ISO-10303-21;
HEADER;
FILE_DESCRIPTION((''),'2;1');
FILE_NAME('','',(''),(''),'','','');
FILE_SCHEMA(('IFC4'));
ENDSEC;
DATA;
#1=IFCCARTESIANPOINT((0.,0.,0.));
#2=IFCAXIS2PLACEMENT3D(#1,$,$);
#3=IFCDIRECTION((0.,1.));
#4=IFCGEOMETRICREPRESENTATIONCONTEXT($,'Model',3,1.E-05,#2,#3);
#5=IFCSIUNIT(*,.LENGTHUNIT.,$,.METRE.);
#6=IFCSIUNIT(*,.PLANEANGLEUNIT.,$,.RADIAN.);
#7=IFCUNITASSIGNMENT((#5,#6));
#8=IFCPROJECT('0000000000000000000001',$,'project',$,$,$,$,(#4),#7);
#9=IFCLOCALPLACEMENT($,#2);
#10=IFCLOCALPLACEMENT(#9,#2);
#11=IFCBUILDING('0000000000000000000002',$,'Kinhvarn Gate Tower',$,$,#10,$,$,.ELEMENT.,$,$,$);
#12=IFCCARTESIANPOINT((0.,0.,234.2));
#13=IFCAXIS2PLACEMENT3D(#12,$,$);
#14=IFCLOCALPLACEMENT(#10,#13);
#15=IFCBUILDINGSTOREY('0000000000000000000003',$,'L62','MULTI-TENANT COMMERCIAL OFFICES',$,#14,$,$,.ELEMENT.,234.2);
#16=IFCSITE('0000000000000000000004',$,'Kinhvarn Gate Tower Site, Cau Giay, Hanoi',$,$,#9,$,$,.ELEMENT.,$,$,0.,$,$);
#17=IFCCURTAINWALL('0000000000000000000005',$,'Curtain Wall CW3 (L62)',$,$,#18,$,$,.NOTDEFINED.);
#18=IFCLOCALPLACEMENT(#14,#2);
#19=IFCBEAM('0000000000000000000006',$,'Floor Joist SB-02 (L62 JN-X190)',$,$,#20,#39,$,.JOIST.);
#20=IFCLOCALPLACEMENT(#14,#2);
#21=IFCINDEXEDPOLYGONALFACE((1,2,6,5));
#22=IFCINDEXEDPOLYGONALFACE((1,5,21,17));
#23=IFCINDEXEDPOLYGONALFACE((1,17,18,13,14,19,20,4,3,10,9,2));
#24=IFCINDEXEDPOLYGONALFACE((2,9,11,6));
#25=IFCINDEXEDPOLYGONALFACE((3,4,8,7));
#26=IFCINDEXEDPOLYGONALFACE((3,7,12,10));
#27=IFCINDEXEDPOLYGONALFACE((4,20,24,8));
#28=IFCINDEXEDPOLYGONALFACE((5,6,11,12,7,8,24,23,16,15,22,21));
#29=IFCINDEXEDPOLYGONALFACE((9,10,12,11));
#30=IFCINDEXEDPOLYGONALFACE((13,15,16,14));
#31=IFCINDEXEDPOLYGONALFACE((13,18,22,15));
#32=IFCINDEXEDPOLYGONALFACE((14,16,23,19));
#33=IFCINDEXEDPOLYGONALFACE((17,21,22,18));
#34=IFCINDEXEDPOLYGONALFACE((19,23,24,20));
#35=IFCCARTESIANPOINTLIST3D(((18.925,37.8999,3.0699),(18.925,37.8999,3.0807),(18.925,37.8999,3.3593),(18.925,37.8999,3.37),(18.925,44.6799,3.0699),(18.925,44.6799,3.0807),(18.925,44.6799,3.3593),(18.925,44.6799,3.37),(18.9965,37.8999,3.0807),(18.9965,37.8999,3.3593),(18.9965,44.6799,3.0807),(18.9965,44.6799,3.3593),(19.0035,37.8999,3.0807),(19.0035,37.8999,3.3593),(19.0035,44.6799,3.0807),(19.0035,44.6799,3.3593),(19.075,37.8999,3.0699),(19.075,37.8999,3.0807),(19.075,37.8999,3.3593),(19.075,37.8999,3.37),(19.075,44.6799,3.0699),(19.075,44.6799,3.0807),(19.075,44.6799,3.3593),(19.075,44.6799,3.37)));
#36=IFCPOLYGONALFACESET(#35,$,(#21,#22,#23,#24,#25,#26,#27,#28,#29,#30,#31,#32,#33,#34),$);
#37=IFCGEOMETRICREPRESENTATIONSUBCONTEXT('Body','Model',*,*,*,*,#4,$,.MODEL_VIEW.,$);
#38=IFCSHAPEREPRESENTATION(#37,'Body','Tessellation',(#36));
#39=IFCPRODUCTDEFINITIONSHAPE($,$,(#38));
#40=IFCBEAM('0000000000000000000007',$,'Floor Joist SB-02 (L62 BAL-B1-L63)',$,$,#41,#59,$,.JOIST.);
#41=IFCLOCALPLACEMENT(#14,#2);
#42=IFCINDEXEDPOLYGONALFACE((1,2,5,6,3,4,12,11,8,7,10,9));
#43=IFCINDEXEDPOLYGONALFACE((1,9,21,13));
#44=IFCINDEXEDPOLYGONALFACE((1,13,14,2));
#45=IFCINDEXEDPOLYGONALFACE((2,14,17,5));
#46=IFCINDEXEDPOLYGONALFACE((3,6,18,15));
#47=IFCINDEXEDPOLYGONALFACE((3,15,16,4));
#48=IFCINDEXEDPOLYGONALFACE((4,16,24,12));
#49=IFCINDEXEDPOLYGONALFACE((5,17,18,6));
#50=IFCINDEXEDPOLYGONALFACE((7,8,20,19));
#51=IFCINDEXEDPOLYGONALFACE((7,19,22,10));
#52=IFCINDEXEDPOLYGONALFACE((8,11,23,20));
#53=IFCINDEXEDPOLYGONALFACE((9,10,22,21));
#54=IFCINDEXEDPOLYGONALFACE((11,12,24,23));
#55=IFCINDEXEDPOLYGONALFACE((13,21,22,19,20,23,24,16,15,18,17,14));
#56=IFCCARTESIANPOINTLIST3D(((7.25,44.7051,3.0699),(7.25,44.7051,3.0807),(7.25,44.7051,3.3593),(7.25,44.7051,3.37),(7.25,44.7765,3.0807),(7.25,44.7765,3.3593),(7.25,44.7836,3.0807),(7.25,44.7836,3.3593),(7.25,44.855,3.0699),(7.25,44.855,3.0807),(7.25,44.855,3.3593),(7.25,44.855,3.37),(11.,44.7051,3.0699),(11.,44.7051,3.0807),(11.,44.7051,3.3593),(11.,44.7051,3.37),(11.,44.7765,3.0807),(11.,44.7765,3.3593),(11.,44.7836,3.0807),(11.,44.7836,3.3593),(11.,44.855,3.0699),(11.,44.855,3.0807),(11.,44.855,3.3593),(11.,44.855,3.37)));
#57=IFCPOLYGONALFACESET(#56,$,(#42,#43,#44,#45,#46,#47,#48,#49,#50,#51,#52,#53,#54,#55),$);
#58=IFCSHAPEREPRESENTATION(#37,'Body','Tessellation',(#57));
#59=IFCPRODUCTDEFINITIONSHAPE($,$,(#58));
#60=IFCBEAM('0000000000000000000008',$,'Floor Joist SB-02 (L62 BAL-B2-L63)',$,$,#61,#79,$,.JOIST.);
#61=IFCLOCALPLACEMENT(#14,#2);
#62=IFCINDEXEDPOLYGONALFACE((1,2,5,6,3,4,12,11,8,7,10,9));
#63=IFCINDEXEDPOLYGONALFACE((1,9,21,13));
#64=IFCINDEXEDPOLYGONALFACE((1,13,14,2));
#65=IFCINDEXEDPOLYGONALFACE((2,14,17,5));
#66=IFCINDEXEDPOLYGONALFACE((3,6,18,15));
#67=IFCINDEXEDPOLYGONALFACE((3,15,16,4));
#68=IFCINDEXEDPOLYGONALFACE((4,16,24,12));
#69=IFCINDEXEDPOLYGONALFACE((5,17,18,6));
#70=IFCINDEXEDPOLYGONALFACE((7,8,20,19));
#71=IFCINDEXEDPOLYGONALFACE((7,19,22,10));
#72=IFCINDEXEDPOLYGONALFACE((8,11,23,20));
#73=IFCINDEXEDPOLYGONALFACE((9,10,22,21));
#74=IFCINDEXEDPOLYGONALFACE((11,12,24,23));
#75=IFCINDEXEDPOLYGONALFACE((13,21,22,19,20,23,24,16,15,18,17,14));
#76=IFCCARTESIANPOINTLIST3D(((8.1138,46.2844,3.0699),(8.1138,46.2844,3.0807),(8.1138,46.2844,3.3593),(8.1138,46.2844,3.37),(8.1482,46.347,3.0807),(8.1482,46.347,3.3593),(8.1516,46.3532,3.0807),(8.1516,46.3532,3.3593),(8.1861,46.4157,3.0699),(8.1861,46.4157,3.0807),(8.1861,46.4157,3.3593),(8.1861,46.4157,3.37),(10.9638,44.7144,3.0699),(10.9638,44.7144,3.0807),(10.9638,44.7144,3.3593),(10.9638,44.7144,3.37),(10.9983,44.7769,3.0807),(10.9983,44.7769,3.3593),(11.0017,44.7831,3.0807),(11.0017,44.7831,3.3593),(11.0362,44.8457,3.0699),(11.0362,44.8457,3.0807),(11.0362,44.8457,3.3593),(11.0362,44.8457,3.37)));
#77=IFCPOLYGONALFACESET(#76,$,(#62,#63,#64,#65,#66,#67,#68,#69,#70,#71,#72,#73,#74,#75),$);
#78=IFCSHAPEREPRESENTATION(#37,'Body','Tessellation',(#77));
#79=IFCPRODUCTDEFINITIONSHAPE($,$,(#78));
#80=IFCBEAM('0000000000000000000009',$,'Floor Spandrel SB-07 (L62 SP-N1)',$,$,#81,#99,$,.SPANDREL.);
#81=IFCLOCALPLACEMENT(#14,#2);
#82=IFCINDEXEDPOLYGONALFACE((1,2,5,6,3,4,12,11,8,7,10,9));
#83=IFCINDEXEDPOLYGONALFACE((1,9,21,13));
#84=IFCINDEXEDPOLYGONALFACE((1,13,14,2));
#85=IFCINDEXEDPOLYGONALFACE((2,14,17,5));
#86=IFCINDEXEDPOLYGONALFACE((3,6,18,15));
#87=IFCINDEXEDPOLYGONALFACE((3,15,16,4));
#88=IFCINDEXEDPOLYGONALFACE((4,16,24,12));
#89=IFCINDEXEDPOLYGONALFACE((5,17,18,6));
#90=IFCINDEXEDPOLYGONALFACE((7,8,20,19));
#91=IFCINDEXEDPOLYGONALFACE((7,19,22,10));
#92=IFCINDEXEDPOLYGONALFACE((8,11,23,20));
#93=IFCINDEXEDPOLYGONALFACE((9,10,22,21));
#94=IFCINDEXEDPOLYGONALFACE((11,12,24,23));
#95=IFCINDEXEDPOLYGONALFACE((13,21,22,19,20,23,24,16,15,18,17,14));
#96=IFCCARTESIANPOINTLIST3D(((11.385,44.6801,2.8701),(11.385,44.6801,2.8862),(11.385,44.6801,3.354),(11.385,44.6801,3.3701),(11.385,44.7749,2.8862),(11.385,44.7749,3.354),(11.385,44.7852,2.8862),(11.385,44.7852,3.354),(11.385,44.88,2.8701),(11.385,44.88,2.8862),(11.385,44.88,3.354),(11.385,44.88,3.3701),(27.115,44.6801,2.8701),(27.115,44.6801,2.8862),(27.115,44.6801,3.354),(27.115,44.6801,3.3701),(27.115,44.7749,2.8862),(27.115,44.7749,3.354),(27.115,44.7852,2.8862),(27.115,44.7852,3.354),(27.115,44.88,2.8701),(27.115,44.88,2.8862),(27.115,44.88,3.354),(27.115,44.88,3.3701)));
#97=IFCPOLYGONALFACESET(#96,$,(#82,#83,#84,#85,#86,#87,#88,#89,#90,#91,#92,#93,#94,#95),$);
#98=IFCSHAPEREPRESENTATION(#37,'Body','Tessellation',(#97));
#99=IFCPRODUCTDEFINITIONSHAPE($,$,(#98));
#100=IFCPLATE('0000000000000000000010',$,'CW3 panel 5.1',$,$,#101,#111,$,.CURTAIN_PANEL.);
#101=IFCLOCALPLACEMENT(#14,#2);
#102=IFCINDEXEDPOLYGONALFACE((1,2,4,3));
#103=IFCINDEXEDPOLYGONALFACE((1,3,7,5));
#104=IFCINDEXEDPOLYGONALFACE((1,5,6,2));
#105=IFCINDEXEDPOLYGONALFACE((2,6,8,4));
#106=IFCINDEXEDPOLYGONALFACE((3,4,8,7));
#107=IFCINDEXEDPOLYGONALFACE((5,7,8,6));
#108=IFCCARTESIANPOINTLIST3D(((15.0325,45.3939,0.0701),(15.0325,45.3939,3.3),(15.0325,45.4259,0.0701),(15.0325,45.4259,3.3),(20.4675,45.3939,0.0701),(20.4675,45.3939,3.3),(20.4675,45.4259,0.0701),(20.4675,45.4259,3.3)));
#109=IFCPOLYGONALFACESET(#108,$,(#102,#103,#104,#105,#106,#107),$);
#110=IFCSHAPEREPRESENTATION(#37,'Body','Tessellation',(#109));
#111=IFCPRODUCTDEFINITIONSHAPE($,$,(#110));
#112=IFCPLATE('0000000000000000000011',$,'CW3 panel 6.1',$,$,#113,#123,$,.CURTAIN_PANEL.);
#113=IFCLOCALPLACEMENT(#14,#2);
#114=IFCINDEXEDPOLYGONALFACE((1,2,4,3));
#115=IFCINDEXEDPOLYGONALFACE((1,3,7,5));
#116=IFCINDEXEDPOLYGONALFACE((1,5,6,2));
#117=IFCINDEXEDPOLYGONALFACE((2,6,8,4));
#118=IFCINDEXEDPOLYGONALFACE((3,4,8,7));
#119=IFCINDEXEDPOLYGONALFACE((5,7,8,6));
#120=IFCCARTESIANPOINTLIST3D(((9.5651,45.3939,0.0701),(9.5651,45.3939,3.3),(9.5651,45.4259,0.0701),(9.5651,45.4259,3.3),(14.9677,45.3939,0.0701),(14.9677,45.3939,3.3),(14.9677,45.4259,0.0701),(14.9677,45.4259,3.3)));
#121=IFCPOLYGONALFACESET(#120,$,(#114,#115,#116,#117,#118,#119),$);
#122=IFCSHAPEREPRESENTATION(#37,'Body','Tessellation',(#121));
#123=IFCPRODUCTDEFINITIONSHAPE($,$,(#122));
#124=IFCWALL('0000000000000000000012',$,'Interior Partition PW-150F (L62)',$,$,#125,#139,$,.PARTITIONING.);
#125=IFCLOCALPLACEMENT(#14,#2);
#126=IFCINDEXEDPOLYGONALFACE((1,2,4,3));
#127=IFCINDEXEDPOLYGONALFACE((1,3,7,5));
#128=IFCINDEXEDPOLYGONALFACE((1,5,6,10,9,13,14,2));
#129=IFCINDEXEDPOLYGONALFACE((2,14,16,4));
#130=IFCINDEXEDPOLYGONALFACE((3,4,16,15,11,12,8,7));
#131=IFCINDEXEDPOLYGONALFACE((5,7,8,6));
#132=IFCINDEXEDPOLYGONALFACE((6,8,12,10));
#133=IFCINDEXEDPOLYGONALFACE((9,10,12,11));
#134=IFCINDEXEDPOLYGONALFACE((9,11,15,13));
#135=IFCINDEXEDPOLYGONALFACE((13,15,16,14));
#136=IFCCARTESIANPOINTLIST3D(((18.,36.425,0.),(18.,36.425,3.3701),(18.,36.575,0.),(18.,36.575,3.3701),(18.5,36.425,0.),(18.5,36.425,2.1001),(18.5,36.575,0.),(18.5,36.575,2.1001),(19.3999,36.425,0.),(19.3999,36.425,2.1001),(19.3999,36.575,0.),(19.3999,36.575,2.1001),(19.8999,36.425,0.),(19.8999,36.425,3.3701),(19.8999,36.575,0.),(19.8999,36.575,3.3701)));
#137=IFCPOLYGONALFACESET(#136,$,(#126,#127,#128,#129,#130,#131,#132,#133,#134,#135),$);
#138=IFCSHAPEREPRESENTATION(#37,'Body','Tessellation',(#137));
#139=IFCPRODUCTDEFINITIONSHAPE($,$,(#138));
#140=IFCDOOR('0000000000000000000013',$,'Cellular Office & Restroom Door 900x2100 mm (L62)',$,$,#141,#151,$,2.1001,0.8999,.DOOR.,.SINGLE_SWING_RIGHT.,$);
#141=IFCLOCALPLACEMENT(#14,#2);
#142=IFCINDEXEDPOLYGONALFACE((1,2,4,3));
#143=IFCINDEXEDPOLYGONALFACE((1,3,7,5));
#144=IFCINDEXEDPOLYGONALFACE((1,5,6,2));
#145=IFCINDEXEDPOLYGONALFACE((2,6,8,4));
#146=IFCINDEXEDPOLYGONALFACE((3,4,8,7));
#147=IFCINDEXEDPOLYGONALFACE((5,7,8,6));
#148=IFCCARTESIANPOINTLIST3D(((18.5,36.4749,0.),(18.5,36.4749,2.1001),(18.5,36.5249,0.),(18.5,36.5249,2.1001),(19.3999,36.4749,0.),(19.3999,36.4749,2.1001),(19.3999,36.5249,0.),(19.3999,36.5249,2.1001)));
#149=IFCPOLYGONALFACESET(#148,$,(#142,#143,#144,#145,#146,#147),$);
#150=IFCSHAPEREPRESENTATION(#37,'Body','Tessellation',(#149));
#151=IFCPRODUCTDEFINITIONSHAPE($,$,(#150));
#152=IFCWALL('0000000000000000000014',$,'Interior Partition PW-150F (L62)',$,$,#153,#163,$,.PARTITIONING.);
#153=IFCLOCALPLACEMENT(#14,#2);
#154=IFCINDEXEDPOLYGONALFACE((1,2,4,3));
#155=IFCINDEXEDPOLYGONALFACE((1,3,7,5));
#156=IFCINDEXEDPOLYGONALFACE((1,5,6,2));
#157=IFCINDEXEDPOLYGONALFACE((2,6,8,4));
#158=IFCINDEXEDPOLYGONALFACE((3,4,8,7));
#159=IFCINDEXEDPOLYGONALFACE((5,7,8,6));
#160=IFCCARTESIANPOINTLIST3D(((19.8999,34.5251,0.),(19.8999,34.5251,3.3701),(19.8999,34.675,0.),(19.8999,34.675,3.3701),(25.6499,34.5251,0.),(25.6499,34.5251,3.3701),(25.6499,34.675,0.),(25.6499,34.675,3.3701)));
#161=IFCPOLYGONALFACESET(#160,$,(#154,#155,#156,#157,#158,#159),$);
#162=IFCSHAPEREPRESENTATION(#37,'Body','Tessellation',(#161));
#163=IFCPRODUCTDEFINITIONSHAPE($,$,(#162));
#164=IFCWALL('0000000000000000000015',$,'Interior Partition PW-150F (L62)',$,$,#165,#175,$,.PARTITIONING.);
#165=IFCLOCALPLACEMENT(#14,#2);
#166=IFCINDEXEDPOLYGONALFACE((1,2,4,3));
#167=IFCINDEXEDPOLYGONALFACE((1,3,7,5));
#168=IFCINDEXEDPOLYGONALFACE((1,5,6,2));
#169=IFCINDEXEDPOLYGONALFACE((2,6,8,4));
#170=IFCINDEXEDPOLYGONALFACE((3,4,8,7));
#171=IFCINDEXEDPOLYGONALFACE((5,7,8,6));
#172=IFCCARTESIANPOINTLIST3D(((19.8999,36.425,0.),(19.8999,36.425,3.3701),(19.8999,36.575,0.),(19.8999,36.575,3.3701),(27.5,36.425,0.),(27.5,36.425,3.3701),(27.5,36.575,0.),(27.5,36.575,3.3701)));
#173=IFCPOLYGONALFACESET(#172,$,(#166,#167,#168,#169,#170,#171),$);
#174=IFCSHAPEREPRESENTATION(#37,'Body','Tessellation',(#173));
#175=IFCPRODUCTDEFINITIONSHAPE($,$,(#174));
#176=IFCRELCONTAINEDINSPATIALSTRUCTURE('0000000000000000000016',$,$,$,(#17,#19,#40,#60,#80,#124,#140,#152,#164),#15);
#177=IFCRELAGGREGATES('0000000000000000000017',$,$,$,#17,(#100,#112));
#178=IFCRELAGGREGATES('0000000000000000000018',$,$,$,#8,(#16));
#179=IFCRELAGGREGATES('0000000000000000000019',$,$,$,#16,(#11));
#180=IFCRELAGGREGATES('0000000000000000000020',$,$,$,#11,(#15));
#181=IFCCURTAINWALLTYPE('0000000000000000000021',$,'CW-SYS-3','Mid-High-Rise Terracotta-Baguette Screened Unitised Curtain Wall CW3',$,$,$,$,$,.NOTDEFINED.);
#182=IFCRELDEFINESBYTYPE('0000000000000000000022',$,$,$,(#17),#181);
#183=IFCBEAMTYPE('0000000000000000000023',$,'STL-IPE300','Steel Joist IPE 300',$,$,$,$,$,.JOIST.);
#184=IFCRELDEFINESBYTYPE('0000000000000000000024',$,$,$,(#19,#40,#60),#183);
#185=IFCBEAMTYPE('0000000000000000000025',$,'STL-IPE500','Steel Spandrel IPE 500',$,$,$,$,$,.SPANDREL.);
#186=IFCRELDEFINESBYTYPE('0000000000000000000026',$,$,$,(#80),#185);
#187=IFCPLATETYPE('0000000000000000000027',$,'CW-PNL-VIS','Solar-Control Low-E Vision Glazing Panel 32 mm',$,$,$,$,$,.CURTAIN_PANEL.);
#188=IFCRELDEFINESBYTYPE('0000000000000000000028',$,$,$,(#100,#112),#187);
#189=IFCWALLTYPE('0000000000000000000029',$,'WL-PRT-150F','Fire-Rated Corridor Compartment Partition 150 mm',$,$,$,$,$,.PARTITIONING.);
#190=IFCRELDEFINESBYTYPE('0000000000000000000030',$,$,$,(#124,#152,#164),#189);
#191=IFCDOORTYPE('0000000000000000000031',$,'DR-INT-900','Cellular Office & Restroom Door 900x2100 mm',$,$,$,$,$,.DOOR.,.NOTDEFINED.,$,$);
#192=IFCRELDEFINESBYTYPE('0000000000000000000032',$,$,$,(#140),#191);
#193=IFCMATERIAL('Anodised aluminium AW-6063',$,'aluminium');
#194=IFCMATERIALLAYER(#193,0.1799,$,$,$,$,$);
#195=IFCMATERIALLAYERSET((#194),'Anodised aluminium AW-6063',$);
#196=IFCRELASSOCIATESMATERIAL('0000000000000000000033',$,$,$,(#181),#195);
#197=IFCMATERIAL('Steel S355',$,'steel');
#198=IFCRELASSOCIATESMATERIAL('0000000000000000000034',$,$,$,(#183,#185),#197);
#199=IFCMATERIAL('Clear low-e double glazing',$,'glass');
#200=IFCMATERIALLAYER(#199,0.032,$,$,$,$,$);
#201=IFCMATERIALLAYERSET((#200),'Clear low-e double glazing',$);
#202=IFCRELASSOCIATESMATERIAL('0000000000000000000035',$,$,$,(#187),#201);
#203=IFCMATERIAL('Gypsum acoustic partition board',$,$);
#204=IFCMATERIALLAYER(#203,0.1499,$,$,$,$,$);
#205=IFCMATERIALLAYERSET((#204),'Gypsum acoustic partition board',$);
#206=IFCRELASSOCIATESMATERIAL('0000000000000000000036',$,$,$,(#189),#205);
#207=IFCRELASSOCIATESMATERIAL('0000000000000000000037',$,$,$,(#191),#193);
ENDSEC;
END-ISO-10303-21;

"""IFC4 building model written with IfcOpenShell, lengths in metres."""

from ifc_helpers import new_model, si_unit, direction, frame, frame_2d, origin, origin_2d, place, context, subcontext, project, spatial, rectangle, i_section, extrude, material, layer, layer_set, material_profile, profile_set, type_object, element, fill, aggregate, save


model = new_model("IFC4")

# Units and contexts
model_context = context("Model", 3, precision=1e-05, world=origin(), true_north=direction((0.0, 1.0)))
body_context = subcontext(model_context, "Body", "Model", "MODEL_VIEW")
ifc_project = project(units=[si_unit("LENGTHUNIT", "METRE"), si_unit("PLANEANGLEUNIT", "RADIAN")], contexts=[model_context])

# Site, building, storey
site_placement = place(None, origin())
site = spatial("IfcSite", under=ifc_project, at=site_placement, Name="Kinhvarn Gate Tower Site, Cau Giay, Hanoi", CompositionType="ELEMENT", RefElevation=0.0)
building_placement = place(site_placement, origin())
building = spatial("IfcBuilding", under=site, at=building_placement, Name="Kinhvarn Gate Tower", CompositionType="ELEMENT")
storey_placement = place(building_placement, frame((0.0, 0.0, 234.2)))
storey = spatial("IfcBuildingStorey", under=building, at=storey_placement, Name="L62", Description="MULTI-TENANT COMMERCIAL OFFICES", CompositionType="ELEMENT", Elevation=234.2)

# Curtain wall
ifc_material_1 = material(Name="Anodised aluminium AW-6063", Category="aluminium")
ifc_layer_1 = layer(ifc_material_1, 0.1799)
ifc_layer_set_1 = layer_set([ifc_layer_1], Name="Anodised aluminium AW-6063")
curtain_wall_type = type_object("IfcCurtainWallType", Name="CW-SYS-3", Description="Mid-High-Rise Terracotta-Baguette Screened Unitised Curtain Wall CW3", PredefinedType="NOTDEFINED", material=ifc_layer_set_1)
curtain_wall_placement = place(storey_placement, origin())
curtain_wall = element("IfcCurtainWall", 1, at=curtain_wall_placement, inside=storey, type_object=curtain_wall_type, Name="Curtain Wall CW3 (L62)", PredefinedType="NOTDEFINED")

# Beams
ifc_material_2 = material(Name="Steel S355", Category="steel")
ifc_material_profile_1 = material_profile(ifc_material_2, i_section(OverallWidth=0.1499, OverallDepth=0.3, WebThickness=0.0071, FlangeThickness=0.0107, at=origin_2d()), Name="IPE 300")
ifc_profile_set_1 = profile_set([ifc_material_profile_1], Name="Steel S355")
beam_type_1 = type_object("IfcBeamType", Name="STL-IPE300", Description="Steel Joist IPE 300", PredefinedType="JOIST", material=ifc_profile_set_1)
for number, where, z_axis, x_axis, name in (
    (2, (19.0, 37.8999, 3.22), (0.0, 1.0, 0.0), (-1.0, 0.0, 0.0), "Floor Joist SB-02 (L62 JN-X190)"),
):
    element("IfcBeam", number, at=place(storey_placement, frame(where, z_axis=z_axis, x_axis=x_axis)), inside=storey, type_object=beam_type_1, Name=name, PredefinedType="JOIST", context=body_context, shape_type="SweptSolid", body=[
        extrude(i_section(OverallWidth=0.1499, OverallDepth=0.3, WebThickness=0.0071, FlangeThickness=0.0107, at=origin_2d()), origin(), (0.0, 0.0, 1.0), 6.78),
    ])
beam_1_placement = place(storey_placement, frame((11.0, 44.78, 3.22), z_axis=(-1.0, 0.0, 0.0), x_axis=(0.0, -1.0, 0.0)))
element("IfcBeam", 3, at=beam_1_placement, inside=storey, type_object=beam_type_1, Name="Floor Joist SB-02 (L62 BAL-B1-L63)", PredefinedType="JOIST", context=body_context, shape_type="SweptSolid", body=[
    extrude(i_section(OverallWidth=0.1499, OverallDepth=0.3, WebThickness=0.0071, FlangeThickness=0.0107, at=origin_2d()), origin(), (0.0, 0.0, 1.0), 3.75),
])
beam_2_placement = place(storey_placement, frame((11.0, 44.78, 3.22), z_axis=(-0.875889, 0.482512, 0.0), x_axis=(-0.482512, -0.875889, 0.0)))
element("IfcBeam", 4, at=beam_2_placement, inside=storey, type_object=beam_type_1, Name="Floor Joist SB-02 (L62 BAL-B2-L63)", PredefinedType="JOIST", context=body_context, shape_type="SweptSolid", body=[
    extrude(i_section(OverallWidth=0.1499, OverallDepth=0.3, WebThickness=0.0071, FlangeThickness=0.0107, at=origin_2d()), origin(), (0.0, 0.0, 1.0), 3.2539),
])
ifc_material_profile_2 = material_profile(ifc_material_2, i_section(OverallWidth=0.2, OverallDepth=0.5, WebThickness=0.0103, FlangeThickness=0.0161, at=origin_2d()), Name="IPE 500")
ifc_profile_set_2 = profile_set([ifc_material_profile_2], Name="Steel S355")
beam_type_2 = type_object("IfcBeamType", Name="STL-IPE500", Description="Steel Spandrel IPE 500", PredefinedType="SPANDREL", material=ifc_profile_set_2)
beam_3_placement = place(storey_placement, frame((11.385, 44.78, 3.1201), z_axis=(1.0, 0.0, 0.0), x_axis=(0.0, 1.0, 0.0)))
element("IfcBeam", 5, at=beam_3_placement, inside=storey, type_object=beam_type_2, Name="Floor Spandrel SB-07 (L62 SP-N1)", PredefinedType="SPANDREL", context=body_context, shape_type="SweptSolid", body=[
    extrude(i_section(OverallWidth=0.2, OverallDepth=0.5, WebThickness=0.0103, FlangeThickness=0.0161, at=origin_2d()), origin(), (0.0, 0.0, 1.0), 15.73),
])

# Plates
ifc_material_3 = material(Name="Clear low-e double glazing", Category="glass")
ifc_layer_2 = layer(ifc_material_3, 0.032)
ifc_layer_set_2 = layer_set([ifc_layer_2], Name="Clear low-e double glazing")
plate_type = type_object("IfcPlateType", Name="CW-PNL-VIS", Description="Solar-Control Low-E Vision Glazing Panel 32 mm", PredefinedType="CURTAIN_PANEL", material=ifc_layer_set_2)
plate_1_placement = place(storey_placement, frame((17.75, 45.4099, 0.0701), z_axis=(0.0, 0.0, 1.0), x_axis=(-1.0, 0.0, 0.0)))
plate_1 = element("IfcPlate", 6, at=plate_1_placement, type_object=plate_type, Name="CW3 panel 5.1", PredefinedType="CURTAIN_PANEL", context=body_context, shape_type="SweptSolid", body=[
    extrude(rectangle(XDim=5.4351, YDim=0.032, at=origin_2d()), origin(), (0.0, 0.0, 1.0), 3.23),
])
plate_2_placement = place(storey_placement, frame((12.2664, 45.4099, 0.0701), z_axis=(0.0, 0.0, 1.0), x_axis=(-1.0, 0.0, 0.0)))
plate_2 = element("IfcPlate", 7, at=plate_2_placement, type_object=plate_type, Name="CW3 panel 6.1", PredefinedType="CURTAIN_PANEL", context=body_context, shape_type="SweptSolid", body=[
    extrude(rectangle(XDim=5.4026, YDim=0.032, at=origin_2d()), origin(), (0.0, 0.0, 1.0), 3.23),
])
aggregate(curtain_wall, [plate_1, plate_2])

# Wall, opening, door
ifc_material_4 = material(Name="Gypsum acoustic partition board")
ifc_layer_3 = layer(ifc_material_4, 0.1499)
ifc_layer_set_3 = layer_set([ifc_layer_3], Name="Gypsum acoustic partition board")
wall_type = type_object("IfcWallType", Name="WL-PRT-150F", Description="Fire-Rated Corridor Compartment Partition 150 mm", PredefinedType="PARTITIONING", material=ifc_layer_set_3)
wall_1_placement = place(storey_placement, frame((18.0, 36.5, 0.0), z_axis=(0.0, 0.0, 1.0), x_axis=(1.0, 0.0, 0.0)))
wall_1 = element("IfcWall", 8, at=wall_1_placement, inside=storey, type_object=wall_type, Name="Interior Partition PW-150F (L62)", PredefinedType="PARTITIONING", context=body_context, shape_type="SweptSolid", body=[
    extrude(rectangle(XDim=1.8999, YDim=0.1499, at=frame_2d((0.95, 0.0))), origin(), (0.0, 0.0, 1.0), 3.3701),
])
opening_placement = place(wall_1_placement, frame((0.5, 0.0, 0.0)))
opening = element("IfcOpeningElement", 9, at=opening_placement, cuts=wall_1, PredefinedType="OPENING", context=body_context, shape_type="SweptSolid", body=[
    extrude(rectangle(XDim=0.8999, YDim=2.1001, at=frame_2d((0.45, 1.05))), frame((0.0, 0.085, 0.0), z_axis=(0.0, -1.0, 0.0), x_axis=(1.0, 0.0, 0.0)), (0.0, 0.0, 1.0), 0.1699),
])
door_type = type_object("IfcDoorType", Name="DR-INT-900", Description="Cellular Office & Restroom Door 900x2100 mm", OperationType="NOTDEFINED", PredefinedType="DOOR", material=ifc_material_1)
door_placement = place(opening_placement, origin())
door = element("IfcDoor", 10, at=door_placement, inside=storey, type_object=door_type, Name="Cellular Office & Restroom Door 900x2100 mm (L62)", OperationType="SINGLE_SWING_RIGHT", OverallHeight=2.1001, OverallWidth=0.8999, PredefinedType="DOOR", context=body_context, shape_type="SweptSolid", body=[
    extrude(rectangle(XDim=0.8999, YDim=2.1001, at=frame_2d((0.45, 1.05))), frame((0.0, 0.0249, 0.0), z_axis=(0.0, -1.0, 0.0), x_axis=(1.0, 0.0, 0.0)), (0.0, 0.0, 1.0), 0.05),
])
fill(opening, door)

# Walls
wall_2_placement = place(storey_placement, frame((19.8999, 34.6001, 0.0), z_axis=(0.0, 0.0, 1.0), x_axis=(1.0, 0.0, 0.0)))
element("IfcWall", 11, at=wall_2_placement, inside=storey, type_object=wall_type, Name="Interior Partition PW-150F (L62)", PredefinedType="PARTITIONING", context=body_context, shape_type="SweptSolid", body=[
    extrude(rectangle(XDim=5.75, YDim=0.1499, at=frame_2d((2.875, 0.0))), origin(), (0.0, 0.0, 1.0), 3.3701),
])
wall_3_placement = place(storey_placement, frame((19.8999, 36.5, 0.0), z_axis=(0.0, 0.0, 1.0), x_axis=(1.0, 0.0, 0.0)))
element("IfcWall", 12, at=wall_3_placement, inside=storey, type_object=wall_type, Name="Interior Partition PW-150F (L62)", PredefinedType="PARTITIONING", context=body_context, shape_type="SweptSolid", body=[
    extrude(rectangle(XDim=7.6001, YDim=0.1499, at=frame_2d((3.8, 0.0))), origin(), (0.0, 0.0, 1.0), 3.3701),
])

save(model, "model.ifc")
